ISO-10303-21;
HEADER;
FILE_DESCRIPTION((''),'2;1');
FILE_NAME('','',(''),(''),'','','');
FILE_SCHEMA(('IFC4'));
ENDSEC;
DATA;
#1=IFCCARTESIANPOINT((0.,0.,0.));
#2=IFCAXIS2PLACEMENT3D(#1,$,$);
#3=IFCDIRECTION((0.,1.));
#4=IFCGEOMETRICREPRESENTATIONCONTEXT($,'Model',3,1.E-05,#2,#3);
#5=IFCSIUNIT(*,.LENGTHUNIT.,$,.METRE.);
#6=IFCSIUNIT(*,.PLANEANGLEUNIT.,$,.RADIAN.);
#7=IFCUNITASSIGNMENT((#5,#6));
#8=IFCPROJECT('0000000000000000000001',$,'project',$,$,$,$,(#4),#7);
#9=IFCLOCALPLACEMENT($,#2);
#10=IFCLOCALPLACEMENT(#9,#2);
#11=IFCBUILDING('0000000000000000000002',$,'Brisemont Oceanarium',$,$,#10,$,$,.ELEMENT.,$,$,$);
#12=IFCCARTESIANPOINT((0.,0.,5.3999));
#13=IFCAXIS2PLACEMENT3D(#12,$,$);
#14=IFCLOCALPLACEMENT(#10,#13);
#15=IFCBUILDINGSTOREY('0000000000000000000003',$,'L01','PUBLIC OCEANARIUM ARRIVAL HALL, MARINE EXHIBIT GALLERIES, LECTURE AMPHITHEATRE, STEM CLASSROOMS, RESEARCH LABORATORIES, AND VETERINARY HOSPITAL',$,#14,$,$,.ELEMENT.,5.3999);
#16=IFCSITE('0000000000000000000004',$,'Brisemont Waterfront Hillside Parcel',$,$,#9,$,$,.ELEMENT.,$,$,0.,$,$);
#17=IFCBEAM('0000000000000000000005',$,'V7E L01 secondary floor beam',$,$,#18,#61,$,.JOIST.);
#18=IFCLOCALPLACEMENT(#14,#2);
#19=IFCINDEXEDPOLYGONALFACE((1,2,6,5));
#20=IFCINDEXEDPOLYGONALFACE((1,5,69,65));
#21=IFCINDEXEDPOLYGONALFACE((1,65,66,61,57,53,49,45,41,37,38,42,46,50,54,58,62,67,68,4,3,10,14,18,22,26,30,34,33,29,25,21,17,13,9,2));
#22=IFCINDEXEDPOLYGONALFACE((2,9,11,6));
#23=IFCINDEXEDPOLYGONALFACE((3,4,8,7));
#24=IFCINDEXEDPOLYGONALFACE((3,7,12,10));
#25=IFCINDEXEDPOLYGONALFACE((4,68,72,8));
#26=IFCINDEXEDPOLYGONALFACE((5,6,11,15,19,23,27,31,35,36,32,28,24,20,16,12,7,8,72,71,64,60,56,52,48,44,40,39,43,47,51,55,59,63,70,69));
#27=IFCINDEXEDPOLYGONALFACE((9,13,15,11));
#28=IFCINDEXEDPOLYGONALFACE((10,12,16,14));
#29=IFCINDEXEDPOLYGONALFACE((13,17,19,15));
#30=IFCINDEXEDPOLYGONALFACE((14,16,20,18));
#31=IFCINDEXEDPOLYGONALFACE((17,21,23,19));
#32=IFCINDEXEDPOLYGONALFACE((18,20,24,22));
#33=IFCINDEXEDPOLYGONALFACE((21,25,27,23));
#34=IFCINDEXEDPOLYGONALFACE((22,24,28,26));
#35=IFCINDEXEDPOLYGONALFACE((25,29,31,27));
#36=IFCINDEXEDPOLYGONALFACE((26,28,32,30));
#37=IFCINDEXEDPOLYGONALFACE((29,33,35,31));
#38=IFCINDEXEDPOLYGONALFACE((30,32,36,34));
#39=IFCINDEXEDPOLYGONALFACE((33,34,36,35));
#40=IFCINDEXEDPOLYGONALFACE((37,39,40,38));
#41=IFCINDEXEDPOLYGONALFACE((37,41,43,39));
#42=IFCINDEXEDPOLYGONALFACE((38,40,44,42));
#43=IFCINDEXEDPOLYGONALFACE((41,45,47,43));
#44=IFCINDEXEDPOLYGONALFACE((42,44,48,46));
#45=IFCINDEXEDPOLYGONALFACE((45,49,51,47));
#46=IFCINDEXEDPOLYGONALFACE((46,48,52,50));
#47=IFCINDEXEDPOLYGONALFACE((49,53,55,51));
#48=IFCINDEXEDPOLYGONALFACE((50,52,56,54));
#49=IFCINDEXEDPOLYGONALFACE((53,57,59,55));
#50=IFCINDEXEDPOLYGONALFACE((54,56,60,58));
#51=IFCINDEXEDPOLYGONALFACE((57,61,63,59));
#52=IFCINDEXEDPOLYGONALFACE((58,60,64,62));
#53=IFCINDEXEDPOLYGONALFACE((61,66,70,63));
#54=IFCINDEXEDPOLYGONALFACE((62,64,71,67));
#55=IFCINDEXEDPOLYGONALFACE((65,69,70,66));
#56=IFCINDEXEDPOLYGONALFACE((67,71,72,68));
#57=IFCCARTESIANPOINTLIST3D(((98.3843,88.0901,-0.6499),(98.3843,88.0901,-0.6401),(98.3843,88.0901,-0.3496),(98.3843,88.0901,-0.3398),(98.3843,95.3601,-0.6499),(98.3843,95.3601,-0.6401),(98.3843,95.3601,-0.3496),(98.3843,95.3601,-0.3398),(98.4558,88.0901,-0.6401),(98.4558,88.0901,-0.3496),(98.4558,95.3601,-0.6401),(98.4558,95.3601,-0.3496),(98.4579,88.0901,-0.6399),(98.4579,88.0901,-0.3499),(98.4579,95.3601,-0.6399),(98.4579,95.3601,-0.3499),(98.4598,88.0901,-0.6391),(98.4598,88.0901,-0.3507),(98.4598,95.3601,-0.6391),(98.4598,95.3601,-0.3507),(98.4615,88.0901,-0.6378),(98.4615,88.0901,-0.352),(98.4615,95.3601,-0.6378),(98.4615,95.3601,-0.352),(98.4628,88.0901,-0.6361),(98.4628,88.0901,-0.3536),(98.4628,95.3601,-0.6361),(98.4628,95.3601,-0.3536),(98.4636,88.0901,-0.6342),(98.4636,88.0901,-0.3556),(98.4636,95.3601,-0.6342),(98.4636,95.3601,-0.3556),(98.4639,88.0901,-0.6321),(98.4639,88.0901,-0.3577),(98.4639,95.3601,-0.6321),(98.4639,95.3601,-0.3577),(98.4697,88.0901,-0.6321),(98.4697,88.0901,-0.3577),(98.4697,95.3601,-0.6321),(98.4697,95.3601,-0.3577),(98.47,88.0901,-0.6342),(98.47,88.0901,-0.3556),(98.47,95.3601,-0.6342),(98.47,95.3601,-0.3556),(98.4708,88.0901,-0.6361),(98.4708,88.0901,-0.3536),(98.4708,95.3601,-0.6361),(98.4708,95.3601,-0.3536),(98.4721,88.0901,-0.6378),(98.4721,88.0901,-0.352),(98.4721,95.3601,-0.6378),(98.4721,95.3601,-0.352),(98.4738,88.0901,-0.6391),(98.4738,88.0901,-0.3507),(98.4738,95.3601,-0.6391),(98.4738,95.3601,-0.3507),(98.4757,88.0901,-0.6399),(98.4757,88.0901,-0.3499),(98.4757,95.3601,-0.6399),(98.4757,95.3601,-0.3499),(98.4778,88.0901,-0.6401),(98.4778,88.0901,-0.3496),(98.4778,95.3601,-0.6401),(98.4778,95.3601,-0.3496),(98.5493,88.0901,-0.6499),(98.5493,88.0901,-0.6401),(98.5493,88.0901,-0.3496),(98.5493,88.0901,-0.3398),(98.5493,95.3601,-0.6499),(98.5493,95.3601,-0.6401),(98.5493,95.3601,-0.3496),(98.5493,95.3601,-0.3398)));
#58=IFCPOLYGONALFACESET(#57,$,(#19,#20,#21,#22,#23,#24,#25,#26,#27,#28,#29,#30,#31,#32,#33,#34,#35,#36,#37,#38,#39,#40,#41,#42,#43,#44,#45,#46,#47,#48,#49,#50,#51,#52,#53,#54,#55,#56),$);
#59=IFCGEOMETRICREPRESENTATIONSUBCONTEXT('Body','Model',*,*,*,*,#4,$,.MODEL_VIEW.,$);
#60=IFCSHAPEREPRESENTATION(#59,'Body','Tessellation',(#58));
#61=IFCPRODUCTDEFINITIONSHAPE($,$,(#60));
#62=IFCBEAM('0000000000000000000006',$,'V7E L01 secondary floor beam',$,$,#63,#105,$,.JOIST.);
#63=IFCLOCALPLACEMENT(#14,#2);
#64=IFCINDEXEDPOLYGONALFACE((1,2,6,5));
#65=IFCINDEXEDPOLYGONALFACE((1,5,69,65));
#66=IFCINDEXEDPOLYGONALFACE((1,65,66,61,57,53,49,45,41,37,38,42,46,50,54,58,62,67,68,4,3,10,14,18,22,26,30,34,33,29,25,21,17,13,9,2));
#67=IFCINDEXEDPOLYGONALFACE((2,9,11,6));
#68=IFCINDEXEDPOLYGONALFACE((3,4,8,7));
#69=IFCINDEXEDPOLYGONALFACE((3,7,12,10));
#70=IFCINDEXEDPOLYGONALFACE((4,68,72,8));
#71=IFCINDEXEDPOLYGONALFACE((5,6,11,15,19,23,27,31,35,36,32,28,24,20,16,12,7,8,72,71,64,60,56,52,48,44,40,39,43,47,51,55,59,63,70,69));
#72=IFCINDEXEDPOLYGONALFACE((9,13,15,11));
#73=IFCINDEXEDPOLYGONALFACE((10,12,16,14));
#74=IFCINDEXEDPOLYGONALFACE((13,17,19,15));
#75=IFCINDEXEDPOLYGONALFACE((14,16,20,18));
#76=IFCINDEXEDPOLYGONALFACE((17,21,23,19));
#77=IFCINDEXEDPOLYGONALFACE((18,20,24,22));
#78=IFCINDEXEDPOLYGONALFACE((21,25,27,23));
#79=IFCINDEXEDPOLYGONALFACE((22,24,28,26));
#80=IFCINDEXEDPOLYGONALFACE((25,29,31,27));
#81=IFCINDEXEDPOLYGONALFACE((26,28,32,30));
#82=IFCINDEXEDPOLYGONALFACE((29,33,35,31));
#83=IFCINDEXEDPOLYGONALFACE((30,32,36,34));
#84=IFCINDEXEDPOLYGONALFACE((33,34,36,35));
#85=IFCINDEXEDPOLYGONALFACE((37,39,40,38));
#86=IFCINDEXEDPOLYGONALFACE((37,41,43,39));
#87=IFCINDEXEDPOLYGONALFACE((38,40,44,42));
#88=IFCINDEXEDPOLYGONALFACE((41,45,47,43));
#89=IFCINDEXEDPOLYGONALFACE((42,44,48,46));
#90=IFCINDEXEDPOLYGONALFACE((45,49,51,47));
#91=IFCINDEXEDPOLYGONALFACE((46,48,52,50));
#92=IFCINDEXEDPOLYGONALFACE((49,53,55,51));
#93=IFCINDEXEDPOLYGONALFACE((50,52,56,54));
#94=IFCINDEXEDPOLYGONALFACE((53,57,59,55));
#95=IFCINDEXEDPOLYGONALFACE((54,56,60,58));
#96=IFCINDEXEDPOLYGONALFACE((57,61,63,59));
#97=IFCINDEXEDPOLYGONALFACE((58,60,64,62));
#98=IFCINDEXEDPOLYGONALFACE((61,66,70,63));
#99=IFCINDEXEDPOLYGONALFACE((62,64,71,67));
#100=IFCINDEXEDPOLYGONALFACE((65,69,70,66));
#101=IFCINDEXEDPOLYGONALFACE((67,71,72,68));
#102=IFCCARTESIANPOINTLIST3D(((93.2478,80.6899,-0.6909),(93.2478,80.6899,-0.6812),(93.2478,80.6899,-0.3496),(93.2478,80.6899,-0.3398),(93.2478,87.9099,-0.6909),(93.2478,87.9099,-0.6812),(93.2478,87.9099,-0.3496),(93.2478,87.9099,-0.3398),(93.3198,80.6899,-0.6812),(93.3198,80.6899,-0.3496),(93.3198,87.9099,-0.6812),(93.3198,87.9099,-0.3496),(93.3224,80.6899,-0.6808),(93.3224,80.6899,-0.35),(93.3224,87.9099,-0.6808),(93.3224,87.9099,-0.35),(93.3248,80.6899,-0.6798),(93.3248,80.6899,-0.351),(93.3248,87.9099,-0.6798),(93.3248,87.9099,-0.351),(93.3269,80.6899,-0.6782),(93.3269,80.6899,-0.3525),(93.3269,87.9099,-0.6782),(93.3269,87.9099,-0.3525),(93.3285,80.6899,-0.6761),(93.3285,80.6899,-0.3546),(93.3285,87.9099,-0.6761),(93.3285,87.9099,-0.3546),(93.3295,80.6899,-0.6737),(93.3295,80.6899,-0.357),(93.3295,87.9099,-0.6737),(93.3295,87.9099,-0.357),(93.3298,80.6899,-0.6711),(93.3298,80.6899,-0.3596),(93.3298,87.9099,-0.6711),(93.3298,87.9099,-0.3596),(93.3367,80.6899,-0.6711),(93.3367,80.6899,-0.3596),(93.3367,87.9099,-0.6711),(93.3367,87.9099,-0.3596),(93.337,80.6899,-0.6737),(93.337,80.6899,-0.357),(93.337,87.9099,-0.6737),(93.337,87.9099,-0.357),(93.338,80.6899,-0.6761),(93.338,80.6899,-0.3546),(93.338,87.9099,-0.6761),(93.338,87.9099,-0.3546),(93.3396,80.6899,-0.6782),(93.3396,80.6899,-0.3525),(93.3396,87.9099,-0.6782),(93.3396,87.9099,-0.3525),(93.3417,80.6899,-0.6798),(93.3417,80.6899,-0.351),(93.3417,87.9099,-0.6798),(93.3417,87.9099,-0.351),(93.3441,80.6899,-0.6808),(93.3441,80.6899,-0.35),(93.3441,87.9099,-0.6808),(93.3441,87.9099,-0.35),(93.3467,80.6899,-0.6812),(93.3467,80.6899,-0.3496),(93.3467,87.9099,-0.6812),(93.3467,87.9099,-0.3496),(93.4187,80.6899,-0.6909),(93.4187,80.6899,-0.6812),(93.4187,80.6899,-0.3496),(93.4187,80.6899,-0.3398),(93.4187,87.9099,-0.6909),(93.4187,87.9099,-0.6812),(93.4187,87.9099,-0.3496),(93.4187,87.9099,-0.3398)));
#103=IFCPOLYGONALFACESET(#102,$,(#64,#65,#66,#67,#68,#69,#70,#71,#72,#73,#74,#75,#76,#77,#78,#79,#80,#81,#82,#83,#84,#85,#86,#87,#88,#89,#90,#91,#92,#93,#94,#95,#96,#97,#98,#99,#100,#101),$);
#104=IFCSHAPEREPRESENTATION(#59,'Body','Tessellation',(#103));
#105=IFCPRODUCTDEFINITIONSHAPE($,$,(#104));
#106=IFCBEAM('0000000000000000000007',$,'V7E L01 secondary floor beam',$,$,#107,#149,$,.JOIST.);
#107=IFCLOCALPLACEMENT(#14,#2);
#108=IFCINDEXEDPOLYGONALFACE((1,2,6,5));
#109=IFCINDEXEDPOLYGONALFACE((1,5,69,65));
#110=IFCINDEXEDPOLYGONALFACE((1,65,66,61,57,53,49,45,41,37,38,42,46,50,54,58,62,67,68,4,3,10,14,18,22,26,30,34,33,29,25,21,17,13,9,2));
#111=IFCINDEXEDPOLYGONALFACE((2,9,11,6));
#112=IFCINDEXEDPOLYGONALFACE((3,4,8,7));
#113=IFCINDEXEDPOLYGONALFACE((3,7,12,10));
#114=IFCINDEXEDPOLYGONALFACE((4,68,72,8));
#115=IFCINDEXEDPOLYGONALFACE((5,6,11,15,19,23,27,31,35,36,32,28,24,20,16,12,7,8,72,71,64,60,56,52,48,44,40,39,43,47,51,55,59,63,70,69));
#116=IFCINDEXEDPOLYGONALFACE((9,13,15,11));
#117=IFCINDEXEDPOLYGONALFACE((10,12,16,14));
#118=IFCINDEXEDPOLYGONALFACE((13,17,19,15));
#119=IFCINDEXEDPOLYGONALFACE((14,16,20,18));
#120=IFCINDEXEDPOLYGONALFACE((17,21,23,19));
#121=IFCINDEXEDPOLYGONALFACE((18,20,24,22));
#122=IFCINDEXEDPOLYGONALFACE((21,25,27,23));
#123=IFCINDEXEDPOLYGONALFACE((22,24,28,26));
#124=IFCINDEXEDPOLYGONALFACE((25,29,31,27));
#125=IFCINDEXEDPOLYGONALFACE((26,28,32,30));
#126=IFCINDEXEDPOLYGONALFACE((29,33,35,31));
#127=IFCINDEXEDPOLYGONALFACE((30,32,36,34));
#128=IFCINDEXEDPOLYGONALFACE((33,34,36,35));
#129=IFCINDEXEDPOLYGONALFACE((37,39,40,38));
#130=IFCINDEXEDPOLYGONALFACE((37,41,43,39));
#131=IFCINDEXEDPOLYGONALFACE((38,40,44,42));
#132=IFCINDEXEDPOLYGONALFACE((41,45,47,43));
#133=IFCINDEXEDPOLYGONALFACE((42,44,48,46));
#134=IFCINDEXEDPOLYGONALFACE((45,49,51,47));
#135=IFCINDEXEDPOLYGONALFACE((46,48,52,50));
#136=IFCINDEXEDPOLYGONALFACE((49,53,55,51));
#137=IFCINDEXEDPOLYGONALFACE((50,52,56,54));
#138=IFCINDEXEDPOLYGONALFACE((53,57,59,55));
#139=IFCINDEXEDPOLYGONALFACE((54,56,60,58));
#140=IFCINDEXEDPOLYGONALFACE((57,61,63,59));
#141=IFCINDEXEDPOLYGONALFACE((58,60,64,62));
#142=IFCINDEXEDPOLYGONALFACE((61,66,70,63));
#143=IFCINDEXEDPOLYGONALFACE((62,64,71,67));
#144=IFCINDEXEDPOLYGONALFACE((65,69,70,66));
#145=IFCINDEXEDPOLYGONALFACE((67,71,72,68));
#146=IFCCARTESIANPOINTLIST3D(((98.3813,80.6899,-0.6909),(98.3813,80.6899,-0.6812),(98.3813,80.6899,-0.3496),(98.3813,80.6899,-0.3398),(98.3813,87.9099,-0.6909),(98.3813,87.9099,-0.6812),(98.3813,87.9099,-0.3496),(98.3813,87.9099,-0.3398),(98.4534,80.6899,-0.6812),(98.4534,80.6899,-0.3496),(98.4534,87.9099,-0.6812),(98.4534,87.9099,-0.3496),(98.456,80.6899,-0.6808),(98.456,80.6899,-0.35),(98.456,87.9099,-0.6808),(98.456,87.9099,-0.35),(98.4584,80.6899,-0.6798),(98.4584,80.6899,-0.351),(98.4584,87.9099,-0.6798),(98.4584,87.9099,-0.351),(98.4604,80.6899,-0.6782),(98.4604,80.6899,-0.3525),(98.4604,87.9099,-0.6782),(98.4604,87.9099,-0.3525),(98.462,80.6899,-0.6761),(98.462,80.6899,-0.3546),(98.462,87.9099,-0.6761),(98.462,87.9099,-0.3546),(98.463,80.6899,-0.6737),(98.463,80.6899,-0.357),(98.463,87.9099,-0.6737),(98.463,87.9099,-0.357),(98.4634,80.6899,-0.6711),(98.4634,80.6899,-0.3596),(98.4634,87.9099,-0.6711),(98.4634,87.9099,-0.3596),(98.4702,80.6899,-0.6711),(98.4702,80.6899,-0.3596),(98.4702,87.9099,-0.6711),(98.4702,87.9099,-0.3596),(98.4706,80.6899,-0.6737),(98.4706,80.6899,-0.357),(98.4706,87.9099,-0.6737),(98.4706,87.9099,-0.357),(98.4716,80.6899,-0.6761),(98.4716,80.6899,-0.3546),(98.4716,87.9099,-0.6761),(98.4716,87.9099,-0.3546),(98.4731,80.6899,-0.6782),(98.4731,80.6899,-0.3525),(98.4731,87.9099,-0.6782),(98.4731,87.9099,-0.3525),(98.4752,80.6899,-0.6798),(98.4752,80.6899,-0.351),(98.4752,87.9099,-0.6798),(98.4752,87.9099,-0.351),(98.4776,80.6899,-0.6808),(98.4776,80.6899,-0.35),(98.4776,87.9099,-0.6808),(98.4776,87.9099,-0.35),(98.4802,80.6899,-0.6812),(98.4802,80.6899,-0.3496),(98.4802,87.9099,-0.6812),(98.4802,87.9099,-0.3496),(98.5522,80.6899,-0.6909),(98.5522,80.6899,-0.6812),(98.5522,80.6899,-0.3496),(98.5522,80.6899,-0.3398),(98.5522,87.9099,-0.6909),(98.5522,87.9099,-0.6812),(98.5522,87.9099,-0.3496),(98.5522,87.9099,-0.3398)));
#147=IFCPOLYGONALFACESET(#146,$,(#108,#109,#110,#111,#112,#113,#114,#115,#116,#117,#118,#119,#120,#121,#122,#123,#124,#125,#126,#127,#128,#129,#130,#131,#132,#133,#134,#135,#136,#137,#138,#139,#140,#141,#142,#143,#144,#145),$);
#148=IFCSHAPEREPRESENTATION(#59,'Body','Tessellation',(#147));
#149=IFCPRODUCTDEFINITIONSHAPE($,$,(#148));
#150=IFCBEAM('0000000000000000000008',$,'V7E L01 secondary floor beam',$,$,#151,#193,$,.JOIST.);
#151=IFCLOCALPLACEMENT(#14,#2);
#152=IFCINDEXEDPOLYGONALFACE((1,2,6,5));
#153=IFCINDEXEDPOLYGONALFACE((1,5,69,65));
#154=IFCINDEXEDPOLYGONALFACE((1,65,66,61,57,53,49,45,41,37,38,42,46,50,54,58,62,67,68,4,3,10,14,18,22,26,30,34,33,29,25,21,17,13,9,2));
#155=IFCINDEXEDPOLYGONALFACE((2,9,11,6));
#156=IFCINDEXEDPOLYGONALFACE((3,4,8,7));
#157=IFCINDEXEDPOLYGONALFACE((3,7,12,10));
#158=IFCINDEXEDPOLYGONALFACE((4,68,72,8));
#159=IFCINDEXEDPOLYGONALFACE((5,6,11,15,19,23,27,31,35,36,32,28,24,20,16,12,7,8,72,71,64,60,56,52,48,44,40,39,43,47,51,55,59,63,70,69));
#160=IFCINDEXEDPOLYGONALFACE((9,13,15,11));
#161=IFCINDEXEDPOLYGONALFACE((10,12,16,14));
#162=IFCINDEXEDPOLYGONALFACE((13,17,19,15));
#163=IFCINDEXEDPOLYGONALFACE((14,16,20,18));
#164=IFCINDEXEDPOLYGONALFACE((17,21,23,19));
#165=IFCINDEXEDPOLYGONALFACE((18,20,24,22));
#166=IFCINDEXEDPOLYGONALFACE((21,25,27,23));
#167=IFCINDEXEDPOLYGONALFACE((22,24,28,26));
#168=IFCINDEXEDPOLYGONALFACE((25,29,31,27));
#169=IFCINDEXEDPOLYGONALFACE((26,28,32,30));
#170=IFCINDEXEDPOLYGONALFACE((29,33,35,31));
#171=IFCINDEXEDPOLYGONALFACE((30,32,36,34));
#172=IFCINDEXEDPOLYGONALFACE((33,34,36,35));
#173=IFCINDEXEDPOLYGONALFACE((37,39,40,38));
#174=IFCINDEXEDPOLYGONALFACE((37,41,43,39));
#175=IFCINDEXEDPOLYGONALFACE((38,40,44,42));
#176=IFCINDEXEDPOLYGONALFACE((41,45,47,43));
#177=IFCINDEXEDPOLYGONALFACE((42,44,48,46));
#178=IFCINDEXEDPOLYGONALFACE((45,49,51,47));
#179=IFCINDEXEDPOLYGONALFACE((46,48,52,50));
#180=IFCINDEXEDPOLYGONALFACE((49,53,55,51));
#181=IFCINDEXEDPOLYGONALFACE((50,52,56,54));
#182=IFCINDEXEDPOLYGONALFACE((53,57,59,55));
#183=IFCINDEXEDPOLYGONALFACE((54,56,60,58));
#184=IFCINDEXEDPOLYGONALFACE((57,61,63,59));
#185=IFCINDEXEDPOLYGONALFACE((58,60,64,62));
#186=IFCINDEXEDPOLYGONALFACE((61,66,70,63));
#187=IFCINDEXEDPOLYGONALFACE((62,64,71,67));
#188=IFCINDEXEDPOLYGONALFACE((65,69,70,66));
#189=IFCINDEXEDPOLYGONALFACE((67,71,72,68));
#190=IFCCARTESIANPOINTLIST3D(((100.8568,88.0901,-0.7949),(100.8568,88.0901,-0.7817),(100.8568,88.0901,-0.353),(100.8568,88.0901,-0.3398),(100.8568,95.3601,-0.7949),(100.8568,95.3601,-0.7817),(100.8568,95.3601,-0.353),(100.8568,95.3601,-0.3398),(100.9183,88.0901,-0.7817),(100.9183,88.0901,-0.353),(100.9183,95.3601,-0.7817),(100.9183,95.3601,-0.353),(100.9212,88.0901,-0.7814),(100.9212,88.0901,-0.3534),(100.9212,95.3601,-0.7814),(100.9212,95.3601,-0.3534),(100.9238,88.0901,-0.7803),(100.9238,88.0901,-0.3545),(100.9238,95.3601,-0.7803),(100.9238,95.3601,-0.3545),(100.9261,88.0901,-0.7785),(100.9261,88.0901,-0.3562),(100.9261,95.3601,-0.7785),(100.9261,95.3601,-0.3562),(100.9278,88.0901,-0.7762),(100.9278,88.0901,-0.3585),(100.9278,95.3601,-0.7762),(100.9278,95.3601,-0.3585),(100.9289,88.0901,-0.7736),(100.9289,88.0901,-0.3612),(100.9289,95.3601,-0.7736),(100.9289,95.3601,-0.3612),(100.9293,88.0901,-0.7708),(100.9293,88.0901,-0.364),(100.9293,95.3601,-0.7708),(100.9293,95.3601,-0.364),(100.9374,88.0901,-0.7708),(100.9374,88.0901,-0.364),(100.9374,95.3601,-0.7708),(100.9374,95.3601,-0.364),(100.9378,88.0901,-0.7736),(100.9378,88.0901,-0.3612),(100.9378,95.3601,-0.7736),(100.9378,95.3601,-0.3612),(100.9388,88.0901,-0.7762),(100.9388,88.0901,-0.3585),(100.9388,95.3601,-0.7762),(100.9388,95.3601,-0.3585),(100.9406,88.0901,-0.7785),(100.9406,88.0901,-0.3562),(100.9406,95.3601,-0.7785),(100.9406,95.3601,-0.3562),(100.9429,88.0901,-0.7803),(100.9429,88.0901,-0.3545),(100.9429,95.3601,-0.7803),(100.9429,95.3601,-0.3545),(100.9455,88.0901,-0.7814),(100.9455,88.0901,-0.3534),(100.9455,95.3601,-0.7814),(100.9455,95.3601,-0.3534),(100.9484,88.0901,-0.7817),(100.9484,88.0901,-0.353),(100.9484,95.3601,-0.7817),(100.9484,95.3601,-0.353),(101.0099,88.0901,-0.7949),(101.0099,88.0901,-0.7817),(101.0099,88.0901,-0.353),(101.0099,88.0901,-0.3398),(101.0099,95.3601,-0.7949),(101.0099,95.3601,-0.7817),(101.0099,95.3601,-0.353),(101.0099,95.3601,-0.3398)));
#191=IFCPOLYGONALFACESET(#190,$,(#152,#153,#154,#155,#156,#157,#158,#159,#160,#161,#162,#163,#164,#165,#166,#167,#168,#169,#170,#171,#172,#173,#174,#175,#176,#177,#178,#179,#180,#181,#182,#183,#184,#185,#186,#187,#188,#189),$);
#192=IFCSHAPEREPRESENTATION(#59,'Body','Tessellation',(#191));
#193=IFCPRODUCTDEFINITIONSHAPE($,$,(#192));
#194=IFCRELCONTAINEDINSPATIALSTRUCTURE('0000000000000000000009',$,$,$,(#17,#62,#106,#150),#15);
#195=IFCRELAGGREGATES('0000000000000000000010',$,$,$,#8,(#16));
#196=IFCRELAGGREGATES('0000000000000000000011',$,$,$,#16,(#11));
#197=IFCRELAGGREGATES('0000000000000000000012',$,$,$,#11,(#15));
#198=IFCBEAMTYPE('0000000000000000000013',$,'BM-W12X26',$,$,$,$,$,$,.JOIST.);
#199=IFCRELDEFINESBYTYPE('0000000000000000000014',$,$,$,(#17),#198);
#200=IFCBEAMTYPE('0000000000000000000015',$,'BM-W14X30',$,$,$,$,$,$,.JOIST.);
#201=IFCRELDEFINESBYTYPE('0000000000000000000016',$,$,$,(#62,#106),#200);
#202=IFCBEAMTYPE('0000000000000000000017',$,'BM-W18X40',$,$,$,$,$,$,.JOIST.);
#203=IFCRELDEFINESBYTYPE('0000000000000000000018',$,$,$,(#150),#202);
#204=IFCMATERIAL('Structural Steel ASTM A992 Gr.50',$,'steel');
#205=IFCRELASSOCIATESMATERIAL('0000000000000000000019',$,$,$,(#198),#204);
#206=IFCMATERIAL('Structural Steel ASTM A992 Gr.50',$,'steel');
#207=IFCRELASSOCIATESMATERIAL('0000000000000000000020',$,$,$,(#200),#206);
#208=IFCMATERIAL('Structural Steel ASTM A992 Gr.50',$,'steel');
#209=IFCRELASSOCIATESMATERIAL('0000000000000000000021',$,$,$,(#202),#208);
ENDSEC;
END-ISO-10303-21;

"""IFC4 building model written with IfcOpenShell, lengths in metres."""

from ifc_helpers import new_model, si_unit, direction, frame, origin, origin_2d, place, context, subcontext, project, spatial, i_section, extrude, material, material_profile, profile_set, type_object, element, save


model = new_model("IFC4")

# Units and contexts
model_context = context("Model", 3, precision=1e-05, world=origin(), true_north=direction((0.0, 1.0)))
body_context = subcontext(model_context, "Body", "Model", "MODEL_VIEW")
ifc_project = project(units=[si_unit("LENGTHUNIT", "METRE"), si_unit("PLANEANGLEUNIT", "RADIAN")], contexts=[model_context])

# Site, building, storey
site_placement = place(None, origin())
site = spatial("IfcSite", under=ifc_project, at=site_placement, Name="Brisemont Waterfront Hillside Parcel", CompositionType="ELEMENT", RefElevation=0.0)
building_placement = place(site_placement, origin())
building = spatial("IfcBuilding", under=site, at=building_placement, Name="Brisemont Oceanarium", CompositionType="ELEMENT")
storey_placement = place(building_placement, frame((0.0, 0.0, 5.3999)))
storey = spatial("IfcBuildingStorey", under=building, at=storey_placement, Name="L01", Description="PUBLIC OCEANARIUM ARRIVAL HALL, MARINE EXHIBIT GALLERIES, LECTURE AMPHITHEATRE, STEM CLASSROOMS, RESEARCH LABORATORIES, AND VETERINARY HOSPITAL", CompositionType="ELEMENT", Elevation=5.3999)

# Beams
ifc_material_1 = material(Name="Structural Steel ASTM A992 Gr.50", Category="steel")
ifc_material_profile_1 = material_profile(ifc_material_1, i_section(OverallWidth=0.165, OverallDepth=0.3101, WebThickness=0.0059, FlangeThickness=0.0098, FilletRadius=0.0081, at=origin_2d()), Name="W12X26")
ifc_profile_set_1 = profile_set([ifc_material_profile_1], Name="Structural Steel ASTM A992 Gr.50")
beam_type_1 = type_object("IfcBeamType", Name="BM-W12X26", PredefinedType="JOIST", material=ifc_profile_set_1)
beam_1_placement = place(storey_placement, frame((98.4668, 88.0901, -0.4949), z_axis=(0.0, 1.0, 0.0), x_axis=(-1.0, 0.0, 0.0)))
element("IfcBeam", 1, at=beam_1_placement, inside=storey, type_object=beam_type_1, Name="V7E L01 secondary floor beam", PredefinedType="JOIST", context=body_context, shape_type="SweptSolid", body=[
    extrude(i_section(OverallWidth=0.165, OverallDepth=0.3101, WebThickness=0.0059, FlangeThickness=0.0098, FilletRadius=0.0081, at=origin_2d()), origin(), (0.0, 0.0, 1.0), 7.27),
])
ifc_material_2 = material(Name="Structural Steel ASTM A992 Gr.50", Category="steel")
ifc_material_profile_2 = material_profile(ifc_material_2, i_section(OverallWidth=0.1709, OverallDepth=0.3511, WebThickness=0.0068, FlangeThickness=0.0098, FilletRadius=0.01, at=origin_2d()), Name="W14X30")
ifc_profile_set_2 = profile_set([ifc_material_profile_2], Name="Structural Steel ASTM A992 Gr.50")
beam_type_2 = type_object("IfcBeamType", Name="BM-W14X30", PredefinedType="JOIST", material=ifc_profile_set_2)
for number, where, z_axis, x_axis, name in (
    (2, (93.3333, 80.6899, -0.5154), (0.0, 1.0, 0.0), (-1.0, 0.0, 0.0), "V7E L01 secondary floor beam"),
    (3, (98.4668, 80.6899, -0.5154), (0.0, 1.0, 0.0), (-1.0, 0.0, 0.0), "V7E L01 secondary floor beam"),
):
    element("IfcBeam", number, at=place(storey_placement, frame(where, z_axis=z_axis, x_axis=x_axis)), inside=storey, type_object=beam_type_2, Name=name, PredefinedType="JOIST", context=body_context, shape_type="SweptSolid", body=[
        extrude(i_section(OverallWidth=0.1709, OverallDepth=0.3511, WebThickness=0.0068, FlangeThickness=0.0098, FilletRadius=0.01, at=origin_2d()), origin(), (0.0, 0.0, 1.0), 7.22),
    ])
ifc_material_3 = material(Name="Structural Steel ASTM A992 Gr.50", Category="steel")
ifc_material_profile_3 = material_profile(ifc_material_3, i_section(OverallWidth=0.1531, OverallDepth=0.4551, WebThickness=0.0081, FlangeThickness=0.0132, FilletRadius=0.011, at=origin_2d()), Name="W18X40")
ifc_profile_set_3 = profile_set([ifc_material_profile_3], Name="Structural Steel ASTM A992 Gr.50")
beam_type_3 = type_object("IfcBeamType", Name="BM-W18X40", PredefinedType="JOIST", material=ifc_profile_set_3)
beam_2_placement = place(storey_placement, frame((100.9333, 88.0901, -0.5674), z_axis=(0.0, 1.0, 0.0), x_axis=(-1.0, 0.0, 0.0)))
element("IfcBeam", 4, at=beam_2_placement, inside=storey, type_object=beam_type_3, Name="V7E L01 secondary floor beam", PredefinedType="JOIST", context=body_context, shape_type="SweptSolid", body=[
    extrude(i_section(OverallWidth=0.1531, OverallDepth=0.4551, WebThickness=0.0081, FlangeThickness=0.0132, FilletRadius=0.011, at=origin_2d()), origin(), (0.0, 0.0, 1.0), 7.27),
])

save(model, "model.ifc")
